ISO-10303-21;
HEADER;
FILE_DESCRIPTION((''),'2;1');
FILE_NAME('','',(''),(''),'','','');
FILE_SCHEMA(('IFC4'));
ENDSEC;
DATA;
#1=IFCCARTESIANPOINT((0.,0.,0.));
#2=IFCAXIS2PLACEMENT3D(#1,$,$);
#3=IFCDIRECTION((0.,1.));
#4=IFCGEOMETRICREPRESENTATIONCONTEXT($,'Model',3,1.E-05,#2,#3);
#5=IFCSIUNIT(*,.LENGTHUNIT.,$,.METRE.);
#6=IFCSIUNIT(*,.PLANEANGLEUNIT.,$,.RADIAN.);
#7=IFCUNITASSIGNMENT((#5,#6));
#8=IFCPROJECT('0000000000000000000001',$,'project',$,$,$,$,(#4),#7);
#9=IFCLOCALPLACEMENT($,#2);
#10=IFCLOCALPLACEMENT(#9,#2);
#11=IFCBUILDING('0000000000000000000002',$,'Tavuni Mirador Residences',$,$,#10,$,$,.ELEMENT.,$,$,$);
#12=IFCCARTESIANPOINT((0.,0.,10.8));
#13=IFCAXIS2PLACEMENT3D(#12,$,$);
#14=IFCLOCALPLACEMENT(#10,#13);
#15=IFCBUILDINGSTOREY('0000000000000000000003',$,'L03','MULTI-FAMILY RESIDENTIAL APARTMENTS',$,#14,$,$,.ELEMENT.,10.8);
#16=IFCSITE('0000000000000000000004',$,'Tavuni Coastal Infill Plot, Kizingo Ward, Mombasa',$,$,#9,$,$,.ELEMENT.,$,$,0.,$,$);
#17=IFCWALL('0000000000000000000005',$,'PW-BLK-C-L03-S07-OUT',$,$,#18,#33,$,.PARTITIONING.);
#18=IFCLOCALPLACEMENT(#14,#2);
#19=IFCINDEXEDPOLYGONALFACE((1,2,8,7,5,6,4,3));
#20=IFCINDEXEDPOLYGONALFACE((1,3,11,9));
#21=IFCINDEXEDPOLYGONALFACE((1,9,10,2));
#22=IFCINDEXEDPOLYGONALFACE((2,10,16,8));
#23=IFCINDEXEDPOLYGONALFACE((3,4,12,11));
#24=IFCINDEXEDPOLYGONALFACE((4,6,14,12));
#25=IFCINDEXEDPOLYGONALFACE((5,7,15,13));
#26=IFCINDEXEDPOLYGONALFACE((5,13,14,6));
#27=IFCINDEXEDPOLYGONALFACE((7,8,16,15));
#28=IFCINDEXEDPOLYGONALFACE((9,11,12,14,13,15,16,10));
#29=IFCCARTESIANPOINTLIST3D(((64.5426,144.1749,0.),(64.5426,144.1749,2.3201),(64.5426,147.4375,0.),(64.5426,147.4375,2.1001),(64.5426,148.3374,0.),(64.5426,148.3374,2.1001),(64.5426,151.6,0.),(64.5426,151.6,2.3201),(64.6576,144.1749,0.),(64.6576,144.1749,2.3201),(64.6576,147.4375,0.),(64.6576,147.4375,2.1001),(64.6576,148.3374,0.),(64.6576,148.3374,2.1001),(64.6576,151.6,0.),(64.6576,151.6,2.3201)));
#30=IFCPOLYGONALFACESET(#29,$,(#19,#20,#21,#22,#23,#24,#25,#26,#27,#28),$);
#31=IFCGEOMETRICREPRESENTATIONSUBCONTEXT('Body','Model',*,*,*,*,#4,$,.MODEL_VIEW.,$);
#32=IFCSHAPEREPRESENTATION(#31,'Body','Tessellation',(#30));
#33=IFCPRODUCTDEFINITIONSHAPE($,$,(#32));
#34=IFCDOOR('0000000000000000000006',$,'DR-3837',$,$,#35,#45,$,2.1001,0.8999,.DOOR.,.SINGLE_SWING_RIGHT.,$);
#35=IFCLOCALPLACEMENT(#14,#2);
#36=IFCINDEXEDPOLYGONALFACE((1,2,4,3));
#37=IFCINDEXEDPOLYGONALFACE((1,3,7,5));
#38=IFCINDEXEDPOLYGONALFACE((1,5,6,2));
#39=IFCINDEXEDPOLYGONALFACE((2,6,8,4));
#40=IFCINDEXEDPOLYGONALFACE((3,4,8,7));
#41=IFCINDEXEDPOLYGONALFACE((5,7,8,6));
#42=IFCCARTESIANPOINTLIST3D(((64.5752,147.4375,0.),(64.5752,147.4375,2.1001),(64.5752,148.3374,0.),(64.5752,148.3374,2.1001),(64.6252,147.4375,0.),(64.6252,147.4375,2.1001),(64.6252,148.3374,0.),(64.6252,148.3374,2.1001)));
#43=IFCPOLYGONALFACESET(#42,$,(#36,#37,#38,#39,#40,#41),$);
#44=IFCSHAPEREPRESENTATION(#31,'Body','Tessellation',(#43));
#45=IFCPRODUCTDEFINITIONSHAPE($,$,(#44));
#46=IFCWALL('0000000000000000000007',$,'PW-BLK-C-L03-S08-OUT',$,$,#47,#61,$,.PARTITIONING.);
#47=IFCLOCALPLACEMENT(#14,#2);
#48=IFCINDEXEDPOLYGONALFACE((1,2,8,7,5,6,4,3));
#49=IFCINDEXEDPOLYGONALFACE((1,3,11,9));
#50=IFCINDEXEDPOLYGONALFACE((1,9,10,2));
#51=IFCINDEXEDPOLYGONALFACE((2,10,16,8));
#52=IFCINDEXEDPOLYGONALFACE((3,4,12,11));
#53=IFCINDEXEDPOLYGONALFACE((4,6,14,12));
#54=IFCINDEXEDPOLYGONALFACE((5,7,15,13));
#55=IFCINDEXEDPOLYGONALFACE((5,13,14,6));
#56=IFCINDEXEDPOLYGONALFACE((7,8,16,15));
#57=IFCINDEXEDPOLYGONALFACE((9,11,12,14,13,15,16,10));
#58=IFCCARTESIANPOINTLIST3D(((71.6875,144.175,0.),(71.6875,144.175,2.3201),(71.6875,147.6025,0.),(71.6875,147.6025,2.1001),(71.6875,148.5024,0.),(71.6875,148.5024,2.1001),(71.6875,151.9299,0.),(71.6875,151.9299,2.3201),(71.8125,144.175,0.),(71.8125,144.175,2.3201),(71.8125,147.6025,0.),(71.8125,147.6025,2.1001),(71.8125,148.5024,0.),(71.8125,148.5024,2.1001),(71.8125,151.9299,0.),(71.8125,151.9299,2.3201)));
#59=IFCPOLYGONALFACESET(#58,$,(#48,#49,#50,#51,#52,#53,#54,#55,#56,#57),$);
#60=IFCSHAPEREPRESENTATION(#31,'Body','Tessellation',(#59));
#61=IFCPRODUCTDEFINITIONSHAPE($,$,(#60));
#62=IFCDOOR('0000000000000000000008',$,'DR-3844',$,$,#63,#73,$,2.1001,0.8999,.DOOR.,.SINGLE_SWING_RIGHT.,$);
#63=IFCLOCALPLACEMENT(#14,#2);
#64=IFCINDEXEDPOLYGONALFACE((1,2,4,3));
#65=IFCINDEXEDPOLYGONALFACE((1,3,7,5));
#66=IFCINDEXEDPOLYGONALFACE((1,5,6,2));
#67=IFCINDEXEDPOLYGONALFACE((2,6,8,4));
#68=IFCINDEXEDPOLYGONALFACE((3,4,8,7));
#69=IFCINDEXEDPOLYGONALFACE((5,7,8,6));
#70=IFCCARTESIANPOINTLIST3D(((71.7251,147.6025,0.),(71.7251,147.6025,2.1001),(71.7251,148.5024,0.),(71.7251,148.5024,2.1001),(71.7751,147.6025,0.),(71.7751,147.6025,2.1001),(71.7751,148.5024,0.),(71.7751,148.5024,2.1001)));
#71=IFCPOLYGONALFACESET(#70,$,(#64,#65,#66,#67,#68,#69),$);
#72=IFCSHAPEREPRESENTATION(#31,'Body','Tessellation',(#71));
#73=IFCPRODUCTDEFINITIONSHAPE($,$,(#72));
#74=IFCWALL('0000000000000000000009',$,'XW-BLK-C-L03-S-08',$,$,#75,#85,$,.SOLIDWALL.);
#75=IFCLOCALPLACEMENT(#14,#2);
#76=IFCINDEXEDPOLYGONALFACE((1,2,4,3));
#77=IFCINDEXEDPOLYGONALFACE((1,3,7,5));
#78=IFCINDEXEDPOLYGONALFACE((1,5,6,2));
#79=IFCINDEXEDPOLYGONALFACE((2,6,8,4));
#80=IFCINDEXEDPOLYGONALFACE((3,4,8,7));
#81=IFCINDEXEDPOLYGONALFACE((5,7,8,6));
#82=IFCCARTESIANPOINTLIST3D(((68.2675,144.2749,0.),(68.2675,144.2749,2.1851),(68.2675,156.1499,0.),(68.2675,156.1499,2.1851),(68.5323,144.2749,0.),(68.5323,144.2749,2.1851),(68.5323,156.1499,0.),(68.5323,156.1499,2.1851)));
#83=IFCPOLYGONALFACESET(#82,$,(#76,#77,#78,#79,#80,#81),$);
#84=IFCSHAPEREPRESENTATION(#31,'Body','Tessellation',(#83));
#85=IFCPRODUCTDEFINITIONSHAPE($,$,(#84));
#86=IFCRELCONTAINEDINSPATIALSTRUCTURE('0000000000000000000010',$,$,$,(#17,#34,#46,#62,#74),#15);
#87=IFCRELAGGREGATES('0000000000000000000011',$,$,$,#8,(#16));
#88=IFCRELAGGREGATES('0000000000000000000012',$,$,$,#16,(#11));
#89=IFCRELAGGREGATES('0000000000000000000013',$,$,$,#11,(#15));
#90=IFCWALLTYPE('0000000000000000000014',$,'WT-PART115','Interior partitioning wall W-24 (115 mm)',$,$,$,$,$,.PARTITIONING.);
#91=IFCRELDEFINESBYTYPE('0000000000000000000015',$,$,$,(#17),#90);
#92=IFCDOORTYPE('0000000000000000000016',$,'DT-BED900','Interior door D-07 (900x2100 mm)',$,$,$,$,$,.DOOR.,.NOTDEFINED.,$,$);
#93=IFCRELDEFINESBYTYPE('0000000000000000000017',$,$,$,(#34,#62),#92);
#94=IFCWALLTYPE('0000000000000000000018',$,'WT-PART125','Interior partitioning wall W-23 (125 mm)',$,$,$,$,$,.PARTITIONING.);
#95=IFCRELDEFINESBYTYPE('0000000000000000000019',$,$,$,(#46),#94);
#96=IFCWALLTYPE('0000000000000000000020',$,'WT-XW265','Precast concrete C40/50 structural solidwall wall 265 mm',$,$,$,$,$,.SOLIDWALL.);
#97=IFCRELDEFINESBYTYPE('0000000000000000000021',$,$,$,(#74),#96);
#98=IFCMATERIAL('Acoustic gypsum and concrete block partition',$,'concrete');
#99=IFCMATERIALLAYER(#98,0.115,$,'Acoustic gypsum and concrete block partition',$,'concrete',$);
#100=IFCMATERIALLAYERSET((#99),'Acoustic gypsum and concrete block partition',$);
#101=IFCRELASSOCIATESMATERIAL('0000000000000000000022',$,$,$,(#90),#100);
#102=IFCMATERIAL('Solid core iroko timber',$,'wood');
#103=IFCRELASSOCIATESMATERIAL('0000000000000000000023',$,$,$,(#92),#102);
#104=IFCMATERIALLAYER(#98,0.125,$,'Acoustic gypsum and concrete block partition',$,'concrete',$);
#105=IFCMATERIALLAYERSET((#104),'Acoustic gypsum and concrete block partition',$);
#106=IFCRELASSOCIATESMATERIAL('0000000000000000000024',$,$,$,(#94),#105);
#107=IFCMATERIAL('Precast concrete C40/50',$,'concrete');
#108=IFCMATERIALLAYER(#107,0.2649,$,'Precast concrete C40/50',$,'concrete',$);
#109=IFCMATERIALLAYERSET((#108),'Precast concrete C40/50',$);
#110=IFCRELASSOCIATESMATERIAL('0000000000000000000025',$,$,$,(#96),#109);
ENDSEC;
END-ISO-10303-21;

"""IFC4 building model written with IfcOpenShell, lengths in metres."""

from ifc_helpers import new_model, si_unit, direction, frame, frame_2d, origin, place, context, subcontext, project, spatial, rectangle, extrude, material, layer, layer_set, type_object, element, fill, save


model = new_model("IFC4")

# Units and contexts
model_context = context("Model", 3, precision=1e-05, world=origin(), true_north=direction((0.0, 1.0)))
body_context = subcontext(model_context, "Body", "Model", "MODEL_VIEW")
ifc_project = project(units=[si_unit("LENGTHUNIT", "METRE"), si_unit("PLANEANGLEUNIT", "RADIAN")], contexts=[model_context])

# Site, building, storey
site_placement = place(None, origin())
site = spatial("IfcSite", under=ifc_project, at=site_placement, Name="Tavuni Coastal Infill Plot, Kizingo Ward, Mombasa", CompositionType="ELEMENT", RefElevation=0.0)
building_placement = place(site_placement, origin())
building = spatial("IfcBuilding", under=site, at=building_placement, Name="Tavuni Mirador Residences", CompositionType="ELEMENT")
storey_placement = place(building_placement, frame((0.0, 0.0, 10.8)))
storey = spatial("IfcBuildingStorey", under=building, at=storey_placement, Name="L03", Description="MULTI-FAMILY RESIDENTIAL APARTMENTS", CompositionType="ELEMENT", Elevation=10.8)

# Shared definitions
ifc_material_1 = material(Name="Precast concrete C40/50", Category="concrete")

# Walls, openings, doors
ifc_material_2 = material(Name="Acoustic gypsum and concrete block partition", Category="concrete")
ifc_layer_1 = layer(ifc_material_2, 0.115, Name="Acoustic gypsum and concrete block partition", Category="concrete")
ifc_layer_set_1 = layer_set([ifc_layer_1], Name="Acoustic gypsum and concrete block partition")
wall_type_1 = type_object("IfcWallType", Name="WT-PART115", Description="Interior partitioning wall W-24 (115 mm)", PredefinedType="PARTITIONING", material=ifc_layer_set_1)
wall_1_placement = place(storey_placement, frame((64.6001, 144.175, 0.0), z_axis=(0.0, 0.0, 1.0), x_axis=(0.0, 1.0, 0.0)))
wall_1 = element("IfcWall", 1, at=wall_1_placement, inside=storey, type_object=wall_type_1, Name="PW-BLK-C-L03-S07-OUT", PredefinedType="PARTITIONING", context=body_context, shape_type="SweptSolid", body=[
    extrude(rectangle(XDim=7.425, YDim=0.115, at=frame_2d((3.7124, 0.0))), origin(), (0.0, 0.0, 1.0), 2.3201),
])
opening_1_placement = place(wall_1_placement, frame((3.2625, 0.0, 0.0)))
opening_1 = element("IfcOpeningElement", 2, at=opening_1_placement, cuts=wall_1, PredefinedType="OPENING", context=body_context, shape_type="SweptSolid", body=[
    extrude(rectangle(XDim=0.8999, YDim=2.1001, at=frame_2d((0.45, 1.05))), frame((0.0, 0.0674, 0.0), z_axis=(0.0, -1.0, 0.0), x_axis=(1.0, 0.0, 0.0)), (0.0, 0.0, 1.0), 0.135),
])
ifc_material_3 = material(Name="Solid core iroko timber", Category="wood")
door_type = type_object("IfcDoorType", Name="DT-BED900", Description="Interior door D-07 (900x2100 mm)", OperationType="NOTDEFINED", PredefinedType="DOOR", material=ifc_material_3)
door_1_placement = place(opening_1_placement, origin())
door_1 = element("IfcDoor", 3, at=door_1_placement, inside=storey, type_object=door_type, Name="DR-3837", OperationType="SINGLE_SWING_RIGHT", OverallHeight=2.1001, OverallWidth=0.8999, PredefinedType="DOOR", context=body_context, shape_type="SweptSolid", body=[
    extrude(rectangle(XDim=0.8999, YDim=2.1001, at=frame_2d((0.45, 1.05))), frame((0.0, 0.0249, 0.0), z_axis=(0.0, -1.0, 0.0), x_axis=(1.0, 0.0, 0.0)), (0.0, 0.0, 1.0), 0.05),
])
fill(opening_1, door_1)
ifc_layer_2 = layer(ifc_material_2, 0.125, Name="Acoustic gypsum and concrete block partition", Category="concrete")
ifc_layer_set_2 = layer_set([ifc_layer_2], Name="Acoustic gypsum and concrete block partition")
wall_type_2 = type_object("IfcWallType", Name="WT-PART125", Description="Interior partitioning wall W-23 (125 mm)", PredefinedType="PARTITIONING", material=ifc_layer_set_2)
wall_2_placement = place(storey_placement, frame((71.75, 144.175, 0.0), z_axis=(0.0, 0.0, 1.0), x_axis=(0.0, 1.0, 0.0)))
wall_2 = element("IfcWall", 4, at=wall_2_placement, inside=storey, type_object=wall_type_2, Name="PW-BLK-C-L03-S08-OUT", PredefinedType="PARTITIONING", context=body_context, shape_type="SweptSolid", body=[
    extrude(rectangle(XDim=7.7549, YDim=0.125, at=frame_2d((3.8774, 0.0))), origin(), (0.0, 0.0, 1.0), 2.3201),
])
opening_2_placement = place(wall_2_placement, frame((3.4275, 0.0, 0.0)))
opening_2 = element("IfcOpeningElement", 5, at=opening_2_placement, cuts=wall_2, PredefinedType="OPENING", context=body_context, shape_type="SweptSolid", body=[
    extrude(rectangle(XDim=0.8999, YDim=2.1001, at=frame_2d((0.45, 1.05))), frame((0.0, 0.0725, 0.0), z_axis=(0.0, -1.0, 0.0), x_axis=(1.0, 0.0, 0.0)), (0.0, 0.0, 1.0), 0.145),
])
door_2_placement = place(opening_2_placement, origin())
door_2 = element("IfcDoor", 6, at=door_2_placement, inside=storey, type_object=door_type, Name="DR-3844", OperationType="SINGLE_SWING_RIGHT", OverallHeight=2.1001, OverallWidth=0.8999, PredefinedType="DOOR", context=body_context, shape_type="SweptSolid", body=[
    extrude(rectangle(XDim=0.8999, YDim=2.1001, at=frame_2d((0.45, 1.05))), frame((0.0, 0.0249, 0.0), z_axis=(0.0, -1.0, 0.0), x_axis=(1.0, 0.0, 0.0)), (0.0, 0.0, 1.0), 0.05),
])
fill(opening_2, door_2)

# Wall
ifc_layer_3 = layer(ifc_material_1, 0.2649, Name="Precast concrete C40/50", Category="concrete")
ifc_layer_set_3 = layer_set([ifc_layer_3], Name="Precast concrete C40/50")
wall_type_3 = type_object("IfcWallType", Name="WT-XW265", Description="Precast concrete C40/50 structural solidwall wall 265 mm", PredefinedType="SOLIDWALL", material=ifc_layer_set_3)
wall_3_placement = place(storey_placement, frame((68.3999, 144.2749, 0.0), z_axis=(0.0, 0.0, 1.0), x_axis=(0.0, 1.0, 0.0)))
element("IfcWall", 7, at=wall_3_placement, inside=storey, type_object=wall_type_3, Name="XW-BLK-C-L03-S-08", PredefinedType="SOLIDWALL", context=body_context, shape_type="SweptSolid", body=[
    extrude(rectangle(XDim=11.875, YDim=0.2649, at=frame_2d((5.9375, 0.0))), origin(), (0.0, 0.0, 1.0), 2.1851),
])

save(model, "model.ifc")
